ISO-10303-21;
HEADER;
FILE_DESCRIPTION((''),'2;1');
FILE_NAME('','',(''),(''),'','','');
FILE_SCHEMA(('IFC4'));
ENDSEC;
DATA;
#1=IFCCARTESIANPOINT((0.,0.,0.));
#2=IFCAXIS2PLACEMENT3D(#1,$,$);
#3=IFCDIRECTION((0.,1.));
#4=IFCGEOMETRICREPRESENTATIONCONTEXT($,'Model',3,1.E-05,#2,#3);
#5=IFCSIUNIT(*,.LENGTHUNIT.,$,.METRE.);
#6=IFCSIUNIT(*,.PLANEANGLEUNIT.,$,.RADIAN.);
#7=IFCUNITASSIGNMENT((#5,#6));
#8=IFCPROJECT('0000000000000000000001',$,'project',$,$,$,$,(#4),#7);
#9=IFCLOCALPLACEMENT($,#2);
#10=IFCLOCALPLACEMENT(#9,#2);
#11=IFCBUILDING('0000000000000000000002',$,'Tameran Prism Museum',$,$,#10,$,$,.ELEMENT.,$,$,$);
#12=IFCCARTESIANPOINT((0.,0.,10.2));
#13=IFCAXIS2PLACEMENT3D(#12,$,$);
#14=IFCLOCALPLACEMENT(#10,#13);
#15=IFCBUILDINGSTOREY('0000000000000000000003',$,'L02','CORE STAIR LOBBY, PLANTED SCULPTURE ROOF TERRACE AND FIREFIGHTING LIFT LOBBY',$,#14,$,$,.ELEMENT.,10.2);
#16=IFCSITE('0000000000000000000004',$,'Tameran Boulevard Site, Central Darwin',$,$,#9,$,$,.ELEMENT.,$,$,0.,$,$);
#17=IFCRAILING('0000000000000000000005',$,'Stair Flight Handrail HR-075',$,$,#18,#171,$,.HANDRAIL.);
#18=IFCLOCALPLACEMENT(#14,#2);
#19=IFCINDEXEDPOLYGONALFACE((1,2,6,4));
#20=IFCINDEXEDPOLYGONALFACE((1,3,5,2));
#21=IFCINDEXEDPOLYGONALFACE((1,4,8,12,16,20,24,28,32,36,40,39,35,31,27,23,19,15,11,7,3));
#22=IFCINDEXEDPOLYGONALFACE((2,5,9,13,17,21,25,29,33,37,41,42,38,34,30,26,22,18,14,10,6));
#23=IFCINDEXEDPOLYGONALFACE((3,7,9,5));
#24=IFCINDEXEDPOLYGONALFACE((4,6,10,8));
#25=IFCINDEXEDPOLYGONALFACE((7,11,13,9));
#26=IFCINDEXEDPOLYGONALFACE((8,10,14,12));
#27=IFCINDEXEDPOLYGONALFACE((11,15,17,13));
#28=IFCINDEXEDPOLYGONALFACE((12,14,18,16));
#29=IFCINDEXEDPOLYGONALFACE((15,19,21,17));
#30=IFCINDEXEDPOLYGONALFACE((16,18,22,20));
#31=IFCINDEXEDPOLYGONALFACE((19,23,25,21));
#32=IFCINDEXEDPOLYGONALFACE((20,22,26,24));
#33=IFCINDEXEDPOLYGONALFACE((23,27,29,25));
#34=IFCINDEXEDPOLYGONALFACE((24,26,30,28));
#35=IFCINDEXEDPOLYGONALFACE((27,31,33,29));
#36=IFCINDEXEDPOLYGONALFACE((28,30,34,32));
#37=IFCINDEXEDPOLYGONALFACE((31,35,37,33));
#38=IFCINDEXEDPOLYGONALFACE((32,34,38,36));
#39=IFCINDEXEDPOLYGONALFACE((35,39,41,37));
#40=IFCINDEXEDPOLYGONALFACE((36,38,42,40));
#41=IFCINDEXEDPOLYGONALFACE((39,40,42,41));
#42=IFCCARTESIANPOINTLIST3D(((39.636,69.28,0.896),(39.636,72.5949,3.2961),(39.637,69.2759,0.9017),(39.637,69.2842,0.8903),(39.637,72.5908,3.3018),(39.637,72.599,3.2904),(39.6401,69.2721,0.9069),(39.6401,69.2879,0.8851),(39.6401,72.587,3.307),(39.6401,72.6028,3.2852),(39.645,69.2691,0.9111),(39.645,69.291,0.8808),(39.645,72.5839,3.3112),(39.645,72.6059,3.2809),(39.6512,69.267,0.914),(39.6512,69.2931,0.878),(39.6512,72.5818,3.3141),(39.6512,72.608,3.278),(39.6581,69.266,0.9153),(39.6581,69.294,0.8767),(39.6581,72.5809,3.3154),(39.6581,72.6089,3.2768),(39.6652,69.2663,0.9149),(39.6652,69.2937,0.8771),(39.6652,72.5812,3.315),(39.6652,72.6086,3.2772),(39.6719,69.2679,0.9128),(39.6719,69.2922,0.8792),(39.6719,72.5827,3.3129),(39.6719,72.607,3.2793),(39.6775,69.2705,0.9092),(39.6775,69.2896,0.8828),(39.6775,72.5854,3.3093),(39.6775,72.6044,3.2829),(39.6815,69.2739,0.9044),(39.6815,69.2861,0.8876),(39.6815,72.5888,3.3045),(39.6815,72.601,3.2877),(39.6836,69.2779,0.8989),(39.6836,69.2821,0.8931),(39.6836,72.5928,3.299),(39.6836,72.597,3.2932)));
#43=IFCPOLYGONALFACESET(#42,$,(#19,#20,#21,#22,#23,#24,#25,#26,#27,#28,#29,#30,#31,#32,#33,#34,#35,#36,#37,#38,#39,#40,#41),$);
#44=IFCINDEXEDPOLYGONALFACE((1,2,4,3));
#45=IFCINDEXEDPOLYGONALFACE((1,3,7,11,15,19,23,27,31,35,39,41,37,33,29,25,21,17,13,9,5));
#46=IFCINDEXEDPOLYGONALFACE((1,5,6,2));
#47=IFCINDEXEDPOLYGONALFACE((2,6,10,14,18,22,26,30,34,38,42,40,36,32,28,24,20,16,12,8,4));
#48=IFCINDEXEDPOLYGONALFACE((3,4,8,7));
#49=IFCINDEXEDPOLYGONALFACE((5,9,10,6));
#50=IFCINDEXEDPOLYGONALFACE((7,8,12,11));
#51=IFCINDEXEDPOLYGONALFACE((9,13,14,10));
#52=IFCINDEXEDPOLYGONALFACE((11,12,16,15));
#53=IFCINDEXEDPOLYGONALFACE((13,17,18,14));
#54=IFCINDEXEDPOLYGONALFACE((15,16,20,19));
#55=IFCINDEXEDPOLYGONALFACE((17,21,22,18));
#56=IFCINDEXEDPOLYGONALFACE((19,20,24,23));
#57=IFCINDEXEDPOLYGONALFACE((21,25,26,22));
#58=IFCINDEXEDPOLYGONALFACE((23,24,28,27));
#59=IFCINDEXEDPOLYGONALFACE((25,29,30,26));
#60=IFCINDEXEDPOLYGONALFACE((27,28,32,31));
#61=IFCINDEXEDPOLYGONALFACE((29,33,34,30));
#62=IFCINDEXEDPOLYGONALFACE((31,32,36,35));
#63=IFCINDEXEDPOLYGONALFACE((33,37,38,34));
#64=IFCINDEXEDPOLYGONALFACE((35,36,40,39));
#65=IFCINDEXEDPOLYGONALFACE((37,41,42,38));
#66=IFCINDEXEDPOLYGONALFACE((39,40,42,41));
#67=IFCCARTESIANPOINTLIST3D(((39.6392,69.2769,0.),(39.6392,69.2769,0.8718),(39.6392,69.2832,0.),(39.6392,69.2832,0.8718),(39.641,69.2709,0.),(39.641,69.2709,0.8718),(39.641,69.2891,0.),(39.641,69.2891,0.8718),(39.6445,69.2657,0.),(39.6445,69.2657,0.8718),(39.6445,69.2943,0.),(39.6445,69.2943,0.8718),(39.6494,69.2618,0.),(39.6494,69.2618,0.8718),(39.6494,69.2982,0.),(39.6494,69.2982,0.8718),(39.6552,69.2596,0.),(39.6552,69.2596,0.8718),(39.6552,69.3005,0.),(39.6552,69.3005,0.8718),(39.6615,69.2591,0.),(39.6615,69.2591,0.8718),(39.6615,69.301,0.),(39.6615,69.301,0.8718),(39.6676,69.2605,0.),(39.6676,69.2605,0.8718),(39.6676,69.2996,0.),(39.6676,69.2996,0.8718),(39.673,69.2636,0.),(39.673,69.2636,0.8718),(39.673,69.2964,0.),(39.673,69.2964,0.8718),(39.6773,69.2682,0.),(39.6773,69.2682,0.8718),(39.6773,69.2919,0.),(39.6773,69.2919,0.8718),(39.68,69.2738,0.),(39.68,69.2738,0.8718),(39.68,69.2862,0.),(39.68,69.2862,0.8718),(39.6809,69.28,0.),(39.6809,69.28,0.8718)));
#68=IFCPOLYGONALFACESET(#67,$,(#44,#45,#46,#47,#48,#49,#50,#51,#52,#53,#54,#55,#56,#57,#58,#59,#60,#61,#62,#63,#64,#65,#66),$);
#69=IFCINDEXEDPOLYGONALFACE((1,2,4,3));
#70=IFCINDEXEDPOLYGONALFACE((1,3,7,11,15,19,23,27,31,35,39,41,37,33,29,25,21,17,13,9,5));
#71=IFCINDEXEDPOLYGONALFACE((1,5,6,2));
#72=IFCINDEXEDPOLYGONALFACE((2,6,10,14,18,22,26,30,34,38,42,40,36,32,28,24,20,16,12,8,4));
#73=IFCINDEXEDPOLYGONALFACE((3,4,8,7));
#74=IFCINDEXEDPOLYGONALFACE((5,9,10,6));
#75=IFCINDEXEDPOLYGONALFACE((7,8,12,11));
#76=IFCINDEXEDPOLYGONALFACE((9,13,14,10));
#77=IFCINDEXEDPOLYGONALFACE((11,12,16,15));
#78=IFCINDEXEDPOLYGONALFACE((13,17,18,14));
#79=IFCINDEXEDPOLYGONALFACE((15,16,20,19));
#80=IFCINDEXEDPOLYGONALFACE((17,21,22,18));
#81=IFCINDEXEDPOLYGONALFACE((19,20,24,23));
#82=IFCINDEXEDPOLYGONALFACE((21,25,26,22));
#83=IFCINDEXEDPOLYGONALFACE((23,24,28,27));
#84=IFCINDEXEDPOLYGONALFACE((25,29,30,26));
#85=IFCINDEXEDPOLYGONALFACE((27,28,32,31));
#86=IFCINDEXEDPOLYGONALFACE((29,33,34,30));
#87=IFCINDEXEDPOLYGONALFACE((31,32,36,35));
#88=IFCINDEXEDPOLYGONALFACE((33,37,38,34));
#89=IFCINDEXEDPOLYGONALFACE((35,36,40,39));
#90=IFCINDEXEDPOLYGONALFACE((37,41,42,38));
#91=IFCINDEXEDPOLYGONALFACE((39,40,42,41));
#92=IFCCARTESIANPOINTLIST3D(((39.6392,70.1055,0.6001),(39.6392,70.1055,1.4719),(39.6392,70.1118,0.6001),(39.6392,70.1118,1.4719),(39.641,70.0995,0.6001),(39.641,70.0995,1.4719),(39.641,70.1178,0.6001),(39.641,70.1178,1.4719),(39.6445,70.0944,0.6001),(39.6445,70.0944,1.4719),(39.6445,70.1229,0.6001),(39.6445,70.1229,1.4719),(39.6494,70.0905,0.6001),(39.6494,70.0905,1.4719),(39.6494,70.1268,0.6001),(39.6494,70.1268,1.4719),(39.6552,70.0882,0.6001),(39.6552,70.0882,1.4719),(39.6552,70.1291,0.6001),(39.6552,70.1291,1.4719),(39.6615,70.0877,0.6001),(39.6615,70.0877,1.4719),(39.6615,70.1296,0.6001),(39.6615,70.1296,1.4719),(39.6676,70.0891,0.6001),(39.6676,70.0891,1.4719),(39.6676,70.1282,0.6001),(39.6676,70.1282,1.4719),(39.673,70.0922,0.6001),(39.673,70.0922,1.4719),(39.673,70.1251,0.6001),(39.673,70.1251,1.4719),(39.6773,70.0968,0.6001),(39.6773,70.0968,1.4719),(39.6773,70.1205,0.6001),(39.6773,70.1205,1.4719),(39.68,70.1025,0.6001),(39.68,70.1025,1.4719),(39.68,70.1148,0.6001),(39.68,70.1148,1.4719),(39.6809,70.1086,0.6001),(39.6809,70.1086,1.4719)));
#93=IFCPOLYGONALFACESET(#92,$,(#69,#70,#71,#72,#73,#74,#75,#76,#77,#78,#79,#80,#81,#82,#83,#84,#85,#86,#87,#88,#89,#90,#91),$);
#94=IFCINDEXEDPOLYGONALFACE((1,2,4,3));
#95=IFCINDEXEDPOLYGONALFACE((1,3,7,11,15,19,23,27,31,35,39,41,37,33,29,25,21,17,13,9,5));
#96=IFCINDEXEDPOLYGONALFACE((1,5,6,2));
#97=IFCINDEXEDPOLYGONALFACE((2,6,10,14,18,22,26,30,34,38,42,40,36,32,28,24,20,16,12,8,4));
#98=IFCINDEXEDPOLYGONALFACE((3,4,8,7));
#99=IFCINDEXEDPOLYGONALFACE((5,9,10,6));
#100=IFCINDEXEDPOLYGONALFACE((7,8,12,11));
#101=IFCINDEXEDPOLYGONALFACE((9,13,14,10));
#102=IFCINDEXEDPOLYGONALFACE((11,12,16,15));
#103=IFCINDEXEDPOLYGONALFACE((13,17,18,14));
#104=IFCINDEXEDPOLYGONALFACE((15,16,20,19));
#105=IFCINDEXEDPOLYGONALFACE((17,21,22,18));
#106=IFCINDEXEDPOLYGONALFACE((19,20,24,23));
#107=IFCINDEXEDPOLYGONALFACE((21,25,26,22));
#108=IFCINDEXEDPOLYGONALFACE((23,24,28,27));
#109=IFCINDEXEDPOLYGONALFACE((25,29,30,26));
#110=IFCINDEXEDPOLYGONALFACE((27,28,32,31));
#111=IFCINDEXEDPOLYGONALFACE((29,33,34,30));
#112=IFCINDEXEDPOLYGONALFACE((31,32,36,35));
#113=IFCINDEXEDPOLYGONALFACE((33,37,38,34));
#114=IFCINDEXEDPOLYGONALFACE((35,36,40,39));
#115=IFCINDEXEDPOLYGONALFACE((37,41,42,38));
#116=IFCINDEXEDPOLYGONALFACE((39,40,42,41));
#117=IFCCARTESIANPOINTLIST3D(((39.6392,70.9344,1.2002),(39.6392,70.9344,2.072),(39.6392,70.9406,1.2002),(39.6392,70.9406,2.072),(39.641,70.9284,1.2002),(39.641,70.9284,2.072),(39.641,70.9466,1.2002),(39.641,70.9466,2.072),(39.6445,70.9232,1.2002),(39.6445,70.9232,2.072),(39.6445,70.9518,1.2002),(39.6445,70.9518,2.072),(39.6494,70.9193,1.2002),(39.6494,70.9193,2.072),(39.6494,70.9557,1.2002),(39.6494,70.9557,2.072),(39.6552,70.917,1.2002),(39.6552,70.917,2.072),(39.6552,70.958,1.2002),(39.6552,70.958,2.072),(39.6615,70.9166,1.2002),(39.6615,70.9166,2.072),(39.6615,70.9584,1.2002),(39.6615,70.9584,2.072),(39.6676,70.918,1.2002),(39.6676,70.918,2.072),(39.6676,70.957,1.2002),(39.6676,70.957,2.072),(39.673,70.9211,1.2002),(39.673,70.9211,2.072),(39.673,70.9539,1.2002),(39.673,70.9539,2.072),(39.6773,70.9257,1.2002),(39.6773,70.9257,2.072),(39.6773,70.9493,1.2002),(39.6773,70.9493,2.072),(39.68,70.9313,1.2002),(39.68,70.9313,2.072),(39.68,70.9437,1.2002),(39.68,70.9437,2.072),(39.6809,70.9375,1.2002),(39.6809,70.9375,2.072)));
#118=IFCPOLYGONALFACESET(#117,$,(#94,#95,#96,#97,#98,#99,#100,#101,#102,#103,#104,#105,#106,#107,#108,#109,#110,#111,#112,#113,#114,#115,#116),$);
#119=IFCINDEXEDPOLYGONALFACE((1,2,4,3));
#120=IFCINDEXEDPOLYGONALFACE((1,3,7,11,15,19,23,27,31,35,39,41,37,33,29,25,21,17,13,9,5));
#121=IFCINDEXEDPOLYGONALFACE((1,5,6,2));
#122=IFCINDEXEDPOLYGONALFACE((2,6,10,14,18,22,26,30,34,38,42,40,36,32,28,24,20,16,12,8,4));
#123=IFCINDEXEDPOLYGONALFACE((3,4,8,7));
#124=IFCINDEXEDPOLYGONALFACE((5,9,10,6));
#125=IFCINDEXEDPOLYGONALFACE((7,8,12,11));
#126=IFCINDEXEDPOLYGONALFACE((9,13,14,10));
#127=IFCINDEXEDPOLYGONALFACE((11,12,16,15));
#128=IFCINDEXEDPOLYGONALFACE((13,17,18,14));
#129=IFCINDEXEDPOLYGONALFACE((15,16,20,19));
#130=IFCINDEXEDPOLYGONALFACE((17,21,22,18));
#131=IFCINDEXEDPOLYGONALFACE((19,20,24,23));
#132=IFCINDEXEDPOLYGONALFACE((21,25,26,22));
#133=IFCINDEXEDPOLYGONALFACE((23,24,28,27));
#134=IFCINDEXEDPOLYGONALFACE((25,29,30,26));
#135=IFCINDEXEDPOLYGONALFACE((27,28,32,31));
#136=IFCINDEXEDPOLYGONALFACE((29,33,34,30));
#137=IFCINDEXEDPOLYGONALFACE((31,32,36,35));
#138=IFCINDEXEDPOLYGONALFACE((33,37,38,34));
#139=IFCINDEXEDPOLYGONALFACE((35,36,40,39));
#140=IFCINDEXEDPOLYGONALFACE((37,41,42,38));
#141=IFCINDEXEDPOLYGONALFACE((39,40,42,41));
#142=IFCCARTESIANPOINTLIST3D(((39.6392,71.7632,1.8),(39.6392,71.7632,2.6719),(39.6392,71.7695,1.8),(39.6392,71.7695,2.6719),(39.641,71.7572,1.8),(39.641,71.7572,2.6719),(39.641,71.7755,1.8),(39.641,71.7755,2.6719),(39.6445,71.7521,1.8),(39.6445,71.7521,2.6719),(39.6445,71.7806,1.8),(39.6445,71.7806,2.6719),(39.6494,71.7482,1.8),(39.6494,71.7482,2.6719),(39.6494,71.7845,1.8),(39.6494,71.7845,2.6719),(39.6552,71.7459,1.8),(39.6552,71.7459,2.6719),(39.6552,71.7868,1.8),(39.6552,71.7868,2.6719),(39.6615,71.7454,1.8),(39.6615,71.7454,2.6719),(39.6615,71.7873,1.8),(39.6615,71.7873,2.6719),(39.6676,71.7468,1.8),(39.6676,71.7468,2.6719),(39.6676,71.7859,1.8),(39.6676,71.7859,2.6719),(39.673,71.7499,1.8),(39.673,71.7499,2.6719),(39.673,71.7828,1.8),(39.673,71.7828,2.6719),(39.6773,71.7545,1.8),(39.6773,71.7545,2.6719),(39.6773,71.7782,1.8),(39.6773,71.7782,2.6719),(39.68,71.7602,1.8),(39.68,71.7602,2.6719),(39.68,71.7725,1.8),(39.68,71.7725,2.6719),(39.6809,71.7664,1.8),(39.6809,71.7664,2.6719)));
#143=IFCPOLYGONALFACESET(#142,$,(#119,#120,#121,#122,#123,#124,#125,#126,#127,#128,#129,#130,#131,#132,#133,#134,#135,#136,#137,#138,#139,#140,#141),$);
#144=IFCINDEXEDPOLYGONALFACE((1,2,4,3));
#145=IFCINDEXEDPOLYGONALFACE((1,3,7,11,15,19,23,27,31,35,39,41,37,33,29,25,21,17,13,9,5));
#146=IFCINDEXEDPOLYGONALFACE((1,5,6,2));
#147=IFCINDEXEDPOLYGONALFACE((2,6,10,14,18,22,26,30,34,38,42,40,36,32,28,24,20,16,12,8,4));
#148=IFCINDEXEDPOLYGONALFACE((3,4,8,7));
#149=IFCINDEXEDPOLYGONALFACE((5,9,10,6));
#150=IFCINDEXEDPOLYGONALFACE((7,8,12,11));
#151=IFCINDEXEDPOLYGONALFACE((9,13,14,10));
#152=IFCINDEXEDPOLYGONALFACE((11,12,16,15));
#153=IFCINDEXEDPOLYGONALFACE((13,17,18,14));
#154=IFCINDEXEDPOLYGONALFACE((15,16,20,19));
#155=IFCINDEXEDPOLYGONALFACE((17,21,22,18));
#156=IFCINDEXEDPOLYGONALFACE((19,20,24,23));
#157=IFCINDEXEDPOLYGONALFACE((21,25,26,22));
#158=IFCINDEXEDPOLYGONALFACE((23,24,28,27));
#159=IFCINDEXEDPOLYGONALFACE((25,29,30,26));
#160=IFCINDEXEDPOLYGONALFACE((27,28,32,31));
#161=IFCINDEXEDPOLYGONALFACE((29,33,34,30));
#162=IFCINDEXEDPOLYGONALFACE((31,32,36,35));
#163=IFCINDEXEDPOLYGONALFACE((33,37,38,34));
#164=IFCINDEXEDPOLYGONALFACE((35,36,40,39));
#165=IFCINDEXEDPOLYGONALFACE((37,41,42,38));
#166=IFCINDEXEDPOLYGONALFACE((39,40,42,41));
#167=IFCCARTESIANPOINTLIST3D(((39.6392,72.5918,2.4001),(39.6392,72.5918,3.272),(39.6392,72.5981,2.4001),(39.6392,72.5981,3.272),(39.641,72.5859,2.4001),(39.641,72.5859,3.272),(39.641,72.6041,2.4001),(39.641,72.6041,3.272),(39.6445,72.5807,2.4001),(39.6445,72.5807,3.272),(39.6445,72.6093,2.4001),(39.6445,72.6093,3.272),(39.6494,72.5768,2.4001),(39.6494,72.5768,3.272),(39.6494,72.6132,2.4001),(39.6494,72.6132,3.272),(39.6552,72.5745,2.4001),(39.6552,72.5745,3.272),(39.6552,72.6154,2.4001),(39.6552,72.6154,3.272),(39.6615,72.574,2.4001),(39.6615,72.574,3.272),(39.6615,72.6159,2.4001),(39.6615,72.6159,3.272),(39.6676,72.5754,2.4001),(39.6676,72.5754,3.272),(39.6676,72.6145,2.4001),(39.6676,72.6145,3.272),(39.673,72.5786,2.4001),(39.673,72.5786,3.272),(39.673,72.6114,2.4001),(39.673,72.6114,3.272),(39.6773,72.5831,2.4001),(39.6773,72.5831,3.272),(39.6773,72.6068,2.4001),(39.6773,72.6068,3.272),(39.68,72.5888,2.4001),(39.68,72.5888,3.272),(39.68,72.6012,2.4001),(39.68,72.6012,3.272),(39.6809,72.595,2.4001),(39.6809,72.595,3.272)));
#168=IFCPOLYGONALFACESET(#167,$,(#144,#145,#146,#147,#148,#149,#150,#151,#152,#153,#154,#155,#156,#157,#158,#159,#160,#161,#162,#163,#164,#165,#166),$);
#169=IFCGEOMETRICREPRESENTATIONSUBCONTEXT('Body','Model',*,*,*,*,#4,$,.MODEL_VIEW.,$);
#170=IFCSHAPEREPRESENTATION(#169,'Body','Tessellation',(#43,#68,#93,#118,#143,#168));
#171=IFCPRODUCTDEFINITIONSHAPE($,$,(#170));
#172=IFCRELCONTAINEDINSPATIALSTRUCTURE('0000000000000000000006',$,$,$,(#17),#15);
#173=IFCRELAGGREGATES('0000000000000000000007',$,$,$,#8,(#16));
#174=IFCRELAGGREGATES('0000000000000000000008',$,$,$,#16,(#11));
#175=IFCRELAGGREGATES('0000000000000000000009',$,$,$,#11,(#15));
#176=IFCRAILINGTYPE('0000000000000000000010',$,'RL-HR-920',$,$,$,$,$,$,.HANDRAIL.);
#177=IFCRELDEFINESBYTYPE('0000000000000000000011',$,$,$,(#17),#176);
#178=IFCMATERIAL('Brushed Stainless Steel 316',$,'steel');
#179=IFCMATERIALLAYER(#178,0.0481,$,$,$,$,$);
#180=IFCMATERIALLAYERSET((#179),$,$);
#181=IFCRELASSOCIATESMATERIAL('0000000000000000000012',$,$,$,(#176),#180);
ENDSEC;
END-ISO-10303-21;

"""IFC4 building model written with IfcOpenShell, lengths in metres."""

from ifc_helpers import new_model, si_unit, direction, frame, origin, origin_2d, place, context, subcontext, project, spatial, circle, extrude, material, layer, layer_set, type_object, element, save


model = new_model("IFC4")

# Units and contexts
model_context = context("Model", 3, precision=1e-05, world=origin(), true_north=direction((0.0, 1.0)))
body_context = subcontext(model_context, "Body", "Model", "MODEL_VIEW")
ifc_project = project(units=[si_unit("LENGTHUNIT", "METRE"), si_unit("PLANEANGLEUNIT", "RADIAN")], contexts=[model_context])

# Site, building, storey
site_placement = place(None, origin())
site = spatial("IfcSite", under=ifc_project, at=site_placement, Name="Tameran Boulevard Site, Central Darwin", CompositionType="ELEMENT", RefElevation=0.0)
building_placement = place(site_placement, origin())
building = spatial("IfcBuilding", under=site, at=building_placement, Name="Tameran Prism Museum", CompositionType="ELEMENT")
storey_placement = place(building_placement, frame((0.0, 0.0, 10.2)))
storey = spatial("IfcBuildingStorey", under=building, at=storey_placement, Name="L02", Description="CORE STAIR LOBBY, PLANTED SCULPTURE ROOF TERRACE AND FIREFIGHTING LIFT LOBBY", CompositionType="ELEMENT", Elevation=10.2)

# Railing
ifc_material_1 = material(Name="Brushed Stainless Steel 316", Category="steel")
ifc_layer_1 = layer(ifc_material_1, 0.0481)
ifc_layer_set_1 = layer_set([ifc_layer_1])
railing_type_1 = type_object("IfcRailingType", Name="RL-HR-920", PredefinedType="HANDRAIL", material=ifc_layer_set_1)
railing_1_placement = place(storey_placement, frame((39.6599, 69.28, 0.0)))
element("IfcRailing", 1, at=railing_1_placement, inside=storey, type_object=railing_type_1, Name="Stair Flight Handrail HR-075", PredefinedType="HANDRAIL", context=body_context, shape_type="SweptSolid", body=[
    extrude(circle(Radius=0.0239, at=origin_2d()), frame((0.0, 0.0, 0.896), z_axis=(0.0, 0.80998, 0.586457), x_axis=(-1.0, 0.0, 0.0)), (0.0, 0.0, 1.0), 4.0925),
    extrude(circle(Radius=0.021, at=origin_2d()), origin(), (0.0, 0.0, 1.0), 0.8718),
    extrude(circle(Radius=0.021, at=origin_2d()), frame((0.0, 0.8286, 0.6001)), (0.0, 0.0, 1.0), 0.8718),
    extrude(circle(Radius=0.021, at=origin_2d()), frame((0.0, 1.6575, 1.2002)), (0.0, 0.0, 1.0), 0.8718),
    extrude(circle(Radius=0.021, at=origin_2d()), frame((0.0, 2.4863, 1.8)), (0.0, 0.0, 1.0), 0.8718),
    extrude(circle(Radius=0.021, at=origin_2d()), frame((0.0, 3.3149, 2.4001)), (0.0, 0.0, 1.0), 0.8718),
])

save(model, "model.ifc")
